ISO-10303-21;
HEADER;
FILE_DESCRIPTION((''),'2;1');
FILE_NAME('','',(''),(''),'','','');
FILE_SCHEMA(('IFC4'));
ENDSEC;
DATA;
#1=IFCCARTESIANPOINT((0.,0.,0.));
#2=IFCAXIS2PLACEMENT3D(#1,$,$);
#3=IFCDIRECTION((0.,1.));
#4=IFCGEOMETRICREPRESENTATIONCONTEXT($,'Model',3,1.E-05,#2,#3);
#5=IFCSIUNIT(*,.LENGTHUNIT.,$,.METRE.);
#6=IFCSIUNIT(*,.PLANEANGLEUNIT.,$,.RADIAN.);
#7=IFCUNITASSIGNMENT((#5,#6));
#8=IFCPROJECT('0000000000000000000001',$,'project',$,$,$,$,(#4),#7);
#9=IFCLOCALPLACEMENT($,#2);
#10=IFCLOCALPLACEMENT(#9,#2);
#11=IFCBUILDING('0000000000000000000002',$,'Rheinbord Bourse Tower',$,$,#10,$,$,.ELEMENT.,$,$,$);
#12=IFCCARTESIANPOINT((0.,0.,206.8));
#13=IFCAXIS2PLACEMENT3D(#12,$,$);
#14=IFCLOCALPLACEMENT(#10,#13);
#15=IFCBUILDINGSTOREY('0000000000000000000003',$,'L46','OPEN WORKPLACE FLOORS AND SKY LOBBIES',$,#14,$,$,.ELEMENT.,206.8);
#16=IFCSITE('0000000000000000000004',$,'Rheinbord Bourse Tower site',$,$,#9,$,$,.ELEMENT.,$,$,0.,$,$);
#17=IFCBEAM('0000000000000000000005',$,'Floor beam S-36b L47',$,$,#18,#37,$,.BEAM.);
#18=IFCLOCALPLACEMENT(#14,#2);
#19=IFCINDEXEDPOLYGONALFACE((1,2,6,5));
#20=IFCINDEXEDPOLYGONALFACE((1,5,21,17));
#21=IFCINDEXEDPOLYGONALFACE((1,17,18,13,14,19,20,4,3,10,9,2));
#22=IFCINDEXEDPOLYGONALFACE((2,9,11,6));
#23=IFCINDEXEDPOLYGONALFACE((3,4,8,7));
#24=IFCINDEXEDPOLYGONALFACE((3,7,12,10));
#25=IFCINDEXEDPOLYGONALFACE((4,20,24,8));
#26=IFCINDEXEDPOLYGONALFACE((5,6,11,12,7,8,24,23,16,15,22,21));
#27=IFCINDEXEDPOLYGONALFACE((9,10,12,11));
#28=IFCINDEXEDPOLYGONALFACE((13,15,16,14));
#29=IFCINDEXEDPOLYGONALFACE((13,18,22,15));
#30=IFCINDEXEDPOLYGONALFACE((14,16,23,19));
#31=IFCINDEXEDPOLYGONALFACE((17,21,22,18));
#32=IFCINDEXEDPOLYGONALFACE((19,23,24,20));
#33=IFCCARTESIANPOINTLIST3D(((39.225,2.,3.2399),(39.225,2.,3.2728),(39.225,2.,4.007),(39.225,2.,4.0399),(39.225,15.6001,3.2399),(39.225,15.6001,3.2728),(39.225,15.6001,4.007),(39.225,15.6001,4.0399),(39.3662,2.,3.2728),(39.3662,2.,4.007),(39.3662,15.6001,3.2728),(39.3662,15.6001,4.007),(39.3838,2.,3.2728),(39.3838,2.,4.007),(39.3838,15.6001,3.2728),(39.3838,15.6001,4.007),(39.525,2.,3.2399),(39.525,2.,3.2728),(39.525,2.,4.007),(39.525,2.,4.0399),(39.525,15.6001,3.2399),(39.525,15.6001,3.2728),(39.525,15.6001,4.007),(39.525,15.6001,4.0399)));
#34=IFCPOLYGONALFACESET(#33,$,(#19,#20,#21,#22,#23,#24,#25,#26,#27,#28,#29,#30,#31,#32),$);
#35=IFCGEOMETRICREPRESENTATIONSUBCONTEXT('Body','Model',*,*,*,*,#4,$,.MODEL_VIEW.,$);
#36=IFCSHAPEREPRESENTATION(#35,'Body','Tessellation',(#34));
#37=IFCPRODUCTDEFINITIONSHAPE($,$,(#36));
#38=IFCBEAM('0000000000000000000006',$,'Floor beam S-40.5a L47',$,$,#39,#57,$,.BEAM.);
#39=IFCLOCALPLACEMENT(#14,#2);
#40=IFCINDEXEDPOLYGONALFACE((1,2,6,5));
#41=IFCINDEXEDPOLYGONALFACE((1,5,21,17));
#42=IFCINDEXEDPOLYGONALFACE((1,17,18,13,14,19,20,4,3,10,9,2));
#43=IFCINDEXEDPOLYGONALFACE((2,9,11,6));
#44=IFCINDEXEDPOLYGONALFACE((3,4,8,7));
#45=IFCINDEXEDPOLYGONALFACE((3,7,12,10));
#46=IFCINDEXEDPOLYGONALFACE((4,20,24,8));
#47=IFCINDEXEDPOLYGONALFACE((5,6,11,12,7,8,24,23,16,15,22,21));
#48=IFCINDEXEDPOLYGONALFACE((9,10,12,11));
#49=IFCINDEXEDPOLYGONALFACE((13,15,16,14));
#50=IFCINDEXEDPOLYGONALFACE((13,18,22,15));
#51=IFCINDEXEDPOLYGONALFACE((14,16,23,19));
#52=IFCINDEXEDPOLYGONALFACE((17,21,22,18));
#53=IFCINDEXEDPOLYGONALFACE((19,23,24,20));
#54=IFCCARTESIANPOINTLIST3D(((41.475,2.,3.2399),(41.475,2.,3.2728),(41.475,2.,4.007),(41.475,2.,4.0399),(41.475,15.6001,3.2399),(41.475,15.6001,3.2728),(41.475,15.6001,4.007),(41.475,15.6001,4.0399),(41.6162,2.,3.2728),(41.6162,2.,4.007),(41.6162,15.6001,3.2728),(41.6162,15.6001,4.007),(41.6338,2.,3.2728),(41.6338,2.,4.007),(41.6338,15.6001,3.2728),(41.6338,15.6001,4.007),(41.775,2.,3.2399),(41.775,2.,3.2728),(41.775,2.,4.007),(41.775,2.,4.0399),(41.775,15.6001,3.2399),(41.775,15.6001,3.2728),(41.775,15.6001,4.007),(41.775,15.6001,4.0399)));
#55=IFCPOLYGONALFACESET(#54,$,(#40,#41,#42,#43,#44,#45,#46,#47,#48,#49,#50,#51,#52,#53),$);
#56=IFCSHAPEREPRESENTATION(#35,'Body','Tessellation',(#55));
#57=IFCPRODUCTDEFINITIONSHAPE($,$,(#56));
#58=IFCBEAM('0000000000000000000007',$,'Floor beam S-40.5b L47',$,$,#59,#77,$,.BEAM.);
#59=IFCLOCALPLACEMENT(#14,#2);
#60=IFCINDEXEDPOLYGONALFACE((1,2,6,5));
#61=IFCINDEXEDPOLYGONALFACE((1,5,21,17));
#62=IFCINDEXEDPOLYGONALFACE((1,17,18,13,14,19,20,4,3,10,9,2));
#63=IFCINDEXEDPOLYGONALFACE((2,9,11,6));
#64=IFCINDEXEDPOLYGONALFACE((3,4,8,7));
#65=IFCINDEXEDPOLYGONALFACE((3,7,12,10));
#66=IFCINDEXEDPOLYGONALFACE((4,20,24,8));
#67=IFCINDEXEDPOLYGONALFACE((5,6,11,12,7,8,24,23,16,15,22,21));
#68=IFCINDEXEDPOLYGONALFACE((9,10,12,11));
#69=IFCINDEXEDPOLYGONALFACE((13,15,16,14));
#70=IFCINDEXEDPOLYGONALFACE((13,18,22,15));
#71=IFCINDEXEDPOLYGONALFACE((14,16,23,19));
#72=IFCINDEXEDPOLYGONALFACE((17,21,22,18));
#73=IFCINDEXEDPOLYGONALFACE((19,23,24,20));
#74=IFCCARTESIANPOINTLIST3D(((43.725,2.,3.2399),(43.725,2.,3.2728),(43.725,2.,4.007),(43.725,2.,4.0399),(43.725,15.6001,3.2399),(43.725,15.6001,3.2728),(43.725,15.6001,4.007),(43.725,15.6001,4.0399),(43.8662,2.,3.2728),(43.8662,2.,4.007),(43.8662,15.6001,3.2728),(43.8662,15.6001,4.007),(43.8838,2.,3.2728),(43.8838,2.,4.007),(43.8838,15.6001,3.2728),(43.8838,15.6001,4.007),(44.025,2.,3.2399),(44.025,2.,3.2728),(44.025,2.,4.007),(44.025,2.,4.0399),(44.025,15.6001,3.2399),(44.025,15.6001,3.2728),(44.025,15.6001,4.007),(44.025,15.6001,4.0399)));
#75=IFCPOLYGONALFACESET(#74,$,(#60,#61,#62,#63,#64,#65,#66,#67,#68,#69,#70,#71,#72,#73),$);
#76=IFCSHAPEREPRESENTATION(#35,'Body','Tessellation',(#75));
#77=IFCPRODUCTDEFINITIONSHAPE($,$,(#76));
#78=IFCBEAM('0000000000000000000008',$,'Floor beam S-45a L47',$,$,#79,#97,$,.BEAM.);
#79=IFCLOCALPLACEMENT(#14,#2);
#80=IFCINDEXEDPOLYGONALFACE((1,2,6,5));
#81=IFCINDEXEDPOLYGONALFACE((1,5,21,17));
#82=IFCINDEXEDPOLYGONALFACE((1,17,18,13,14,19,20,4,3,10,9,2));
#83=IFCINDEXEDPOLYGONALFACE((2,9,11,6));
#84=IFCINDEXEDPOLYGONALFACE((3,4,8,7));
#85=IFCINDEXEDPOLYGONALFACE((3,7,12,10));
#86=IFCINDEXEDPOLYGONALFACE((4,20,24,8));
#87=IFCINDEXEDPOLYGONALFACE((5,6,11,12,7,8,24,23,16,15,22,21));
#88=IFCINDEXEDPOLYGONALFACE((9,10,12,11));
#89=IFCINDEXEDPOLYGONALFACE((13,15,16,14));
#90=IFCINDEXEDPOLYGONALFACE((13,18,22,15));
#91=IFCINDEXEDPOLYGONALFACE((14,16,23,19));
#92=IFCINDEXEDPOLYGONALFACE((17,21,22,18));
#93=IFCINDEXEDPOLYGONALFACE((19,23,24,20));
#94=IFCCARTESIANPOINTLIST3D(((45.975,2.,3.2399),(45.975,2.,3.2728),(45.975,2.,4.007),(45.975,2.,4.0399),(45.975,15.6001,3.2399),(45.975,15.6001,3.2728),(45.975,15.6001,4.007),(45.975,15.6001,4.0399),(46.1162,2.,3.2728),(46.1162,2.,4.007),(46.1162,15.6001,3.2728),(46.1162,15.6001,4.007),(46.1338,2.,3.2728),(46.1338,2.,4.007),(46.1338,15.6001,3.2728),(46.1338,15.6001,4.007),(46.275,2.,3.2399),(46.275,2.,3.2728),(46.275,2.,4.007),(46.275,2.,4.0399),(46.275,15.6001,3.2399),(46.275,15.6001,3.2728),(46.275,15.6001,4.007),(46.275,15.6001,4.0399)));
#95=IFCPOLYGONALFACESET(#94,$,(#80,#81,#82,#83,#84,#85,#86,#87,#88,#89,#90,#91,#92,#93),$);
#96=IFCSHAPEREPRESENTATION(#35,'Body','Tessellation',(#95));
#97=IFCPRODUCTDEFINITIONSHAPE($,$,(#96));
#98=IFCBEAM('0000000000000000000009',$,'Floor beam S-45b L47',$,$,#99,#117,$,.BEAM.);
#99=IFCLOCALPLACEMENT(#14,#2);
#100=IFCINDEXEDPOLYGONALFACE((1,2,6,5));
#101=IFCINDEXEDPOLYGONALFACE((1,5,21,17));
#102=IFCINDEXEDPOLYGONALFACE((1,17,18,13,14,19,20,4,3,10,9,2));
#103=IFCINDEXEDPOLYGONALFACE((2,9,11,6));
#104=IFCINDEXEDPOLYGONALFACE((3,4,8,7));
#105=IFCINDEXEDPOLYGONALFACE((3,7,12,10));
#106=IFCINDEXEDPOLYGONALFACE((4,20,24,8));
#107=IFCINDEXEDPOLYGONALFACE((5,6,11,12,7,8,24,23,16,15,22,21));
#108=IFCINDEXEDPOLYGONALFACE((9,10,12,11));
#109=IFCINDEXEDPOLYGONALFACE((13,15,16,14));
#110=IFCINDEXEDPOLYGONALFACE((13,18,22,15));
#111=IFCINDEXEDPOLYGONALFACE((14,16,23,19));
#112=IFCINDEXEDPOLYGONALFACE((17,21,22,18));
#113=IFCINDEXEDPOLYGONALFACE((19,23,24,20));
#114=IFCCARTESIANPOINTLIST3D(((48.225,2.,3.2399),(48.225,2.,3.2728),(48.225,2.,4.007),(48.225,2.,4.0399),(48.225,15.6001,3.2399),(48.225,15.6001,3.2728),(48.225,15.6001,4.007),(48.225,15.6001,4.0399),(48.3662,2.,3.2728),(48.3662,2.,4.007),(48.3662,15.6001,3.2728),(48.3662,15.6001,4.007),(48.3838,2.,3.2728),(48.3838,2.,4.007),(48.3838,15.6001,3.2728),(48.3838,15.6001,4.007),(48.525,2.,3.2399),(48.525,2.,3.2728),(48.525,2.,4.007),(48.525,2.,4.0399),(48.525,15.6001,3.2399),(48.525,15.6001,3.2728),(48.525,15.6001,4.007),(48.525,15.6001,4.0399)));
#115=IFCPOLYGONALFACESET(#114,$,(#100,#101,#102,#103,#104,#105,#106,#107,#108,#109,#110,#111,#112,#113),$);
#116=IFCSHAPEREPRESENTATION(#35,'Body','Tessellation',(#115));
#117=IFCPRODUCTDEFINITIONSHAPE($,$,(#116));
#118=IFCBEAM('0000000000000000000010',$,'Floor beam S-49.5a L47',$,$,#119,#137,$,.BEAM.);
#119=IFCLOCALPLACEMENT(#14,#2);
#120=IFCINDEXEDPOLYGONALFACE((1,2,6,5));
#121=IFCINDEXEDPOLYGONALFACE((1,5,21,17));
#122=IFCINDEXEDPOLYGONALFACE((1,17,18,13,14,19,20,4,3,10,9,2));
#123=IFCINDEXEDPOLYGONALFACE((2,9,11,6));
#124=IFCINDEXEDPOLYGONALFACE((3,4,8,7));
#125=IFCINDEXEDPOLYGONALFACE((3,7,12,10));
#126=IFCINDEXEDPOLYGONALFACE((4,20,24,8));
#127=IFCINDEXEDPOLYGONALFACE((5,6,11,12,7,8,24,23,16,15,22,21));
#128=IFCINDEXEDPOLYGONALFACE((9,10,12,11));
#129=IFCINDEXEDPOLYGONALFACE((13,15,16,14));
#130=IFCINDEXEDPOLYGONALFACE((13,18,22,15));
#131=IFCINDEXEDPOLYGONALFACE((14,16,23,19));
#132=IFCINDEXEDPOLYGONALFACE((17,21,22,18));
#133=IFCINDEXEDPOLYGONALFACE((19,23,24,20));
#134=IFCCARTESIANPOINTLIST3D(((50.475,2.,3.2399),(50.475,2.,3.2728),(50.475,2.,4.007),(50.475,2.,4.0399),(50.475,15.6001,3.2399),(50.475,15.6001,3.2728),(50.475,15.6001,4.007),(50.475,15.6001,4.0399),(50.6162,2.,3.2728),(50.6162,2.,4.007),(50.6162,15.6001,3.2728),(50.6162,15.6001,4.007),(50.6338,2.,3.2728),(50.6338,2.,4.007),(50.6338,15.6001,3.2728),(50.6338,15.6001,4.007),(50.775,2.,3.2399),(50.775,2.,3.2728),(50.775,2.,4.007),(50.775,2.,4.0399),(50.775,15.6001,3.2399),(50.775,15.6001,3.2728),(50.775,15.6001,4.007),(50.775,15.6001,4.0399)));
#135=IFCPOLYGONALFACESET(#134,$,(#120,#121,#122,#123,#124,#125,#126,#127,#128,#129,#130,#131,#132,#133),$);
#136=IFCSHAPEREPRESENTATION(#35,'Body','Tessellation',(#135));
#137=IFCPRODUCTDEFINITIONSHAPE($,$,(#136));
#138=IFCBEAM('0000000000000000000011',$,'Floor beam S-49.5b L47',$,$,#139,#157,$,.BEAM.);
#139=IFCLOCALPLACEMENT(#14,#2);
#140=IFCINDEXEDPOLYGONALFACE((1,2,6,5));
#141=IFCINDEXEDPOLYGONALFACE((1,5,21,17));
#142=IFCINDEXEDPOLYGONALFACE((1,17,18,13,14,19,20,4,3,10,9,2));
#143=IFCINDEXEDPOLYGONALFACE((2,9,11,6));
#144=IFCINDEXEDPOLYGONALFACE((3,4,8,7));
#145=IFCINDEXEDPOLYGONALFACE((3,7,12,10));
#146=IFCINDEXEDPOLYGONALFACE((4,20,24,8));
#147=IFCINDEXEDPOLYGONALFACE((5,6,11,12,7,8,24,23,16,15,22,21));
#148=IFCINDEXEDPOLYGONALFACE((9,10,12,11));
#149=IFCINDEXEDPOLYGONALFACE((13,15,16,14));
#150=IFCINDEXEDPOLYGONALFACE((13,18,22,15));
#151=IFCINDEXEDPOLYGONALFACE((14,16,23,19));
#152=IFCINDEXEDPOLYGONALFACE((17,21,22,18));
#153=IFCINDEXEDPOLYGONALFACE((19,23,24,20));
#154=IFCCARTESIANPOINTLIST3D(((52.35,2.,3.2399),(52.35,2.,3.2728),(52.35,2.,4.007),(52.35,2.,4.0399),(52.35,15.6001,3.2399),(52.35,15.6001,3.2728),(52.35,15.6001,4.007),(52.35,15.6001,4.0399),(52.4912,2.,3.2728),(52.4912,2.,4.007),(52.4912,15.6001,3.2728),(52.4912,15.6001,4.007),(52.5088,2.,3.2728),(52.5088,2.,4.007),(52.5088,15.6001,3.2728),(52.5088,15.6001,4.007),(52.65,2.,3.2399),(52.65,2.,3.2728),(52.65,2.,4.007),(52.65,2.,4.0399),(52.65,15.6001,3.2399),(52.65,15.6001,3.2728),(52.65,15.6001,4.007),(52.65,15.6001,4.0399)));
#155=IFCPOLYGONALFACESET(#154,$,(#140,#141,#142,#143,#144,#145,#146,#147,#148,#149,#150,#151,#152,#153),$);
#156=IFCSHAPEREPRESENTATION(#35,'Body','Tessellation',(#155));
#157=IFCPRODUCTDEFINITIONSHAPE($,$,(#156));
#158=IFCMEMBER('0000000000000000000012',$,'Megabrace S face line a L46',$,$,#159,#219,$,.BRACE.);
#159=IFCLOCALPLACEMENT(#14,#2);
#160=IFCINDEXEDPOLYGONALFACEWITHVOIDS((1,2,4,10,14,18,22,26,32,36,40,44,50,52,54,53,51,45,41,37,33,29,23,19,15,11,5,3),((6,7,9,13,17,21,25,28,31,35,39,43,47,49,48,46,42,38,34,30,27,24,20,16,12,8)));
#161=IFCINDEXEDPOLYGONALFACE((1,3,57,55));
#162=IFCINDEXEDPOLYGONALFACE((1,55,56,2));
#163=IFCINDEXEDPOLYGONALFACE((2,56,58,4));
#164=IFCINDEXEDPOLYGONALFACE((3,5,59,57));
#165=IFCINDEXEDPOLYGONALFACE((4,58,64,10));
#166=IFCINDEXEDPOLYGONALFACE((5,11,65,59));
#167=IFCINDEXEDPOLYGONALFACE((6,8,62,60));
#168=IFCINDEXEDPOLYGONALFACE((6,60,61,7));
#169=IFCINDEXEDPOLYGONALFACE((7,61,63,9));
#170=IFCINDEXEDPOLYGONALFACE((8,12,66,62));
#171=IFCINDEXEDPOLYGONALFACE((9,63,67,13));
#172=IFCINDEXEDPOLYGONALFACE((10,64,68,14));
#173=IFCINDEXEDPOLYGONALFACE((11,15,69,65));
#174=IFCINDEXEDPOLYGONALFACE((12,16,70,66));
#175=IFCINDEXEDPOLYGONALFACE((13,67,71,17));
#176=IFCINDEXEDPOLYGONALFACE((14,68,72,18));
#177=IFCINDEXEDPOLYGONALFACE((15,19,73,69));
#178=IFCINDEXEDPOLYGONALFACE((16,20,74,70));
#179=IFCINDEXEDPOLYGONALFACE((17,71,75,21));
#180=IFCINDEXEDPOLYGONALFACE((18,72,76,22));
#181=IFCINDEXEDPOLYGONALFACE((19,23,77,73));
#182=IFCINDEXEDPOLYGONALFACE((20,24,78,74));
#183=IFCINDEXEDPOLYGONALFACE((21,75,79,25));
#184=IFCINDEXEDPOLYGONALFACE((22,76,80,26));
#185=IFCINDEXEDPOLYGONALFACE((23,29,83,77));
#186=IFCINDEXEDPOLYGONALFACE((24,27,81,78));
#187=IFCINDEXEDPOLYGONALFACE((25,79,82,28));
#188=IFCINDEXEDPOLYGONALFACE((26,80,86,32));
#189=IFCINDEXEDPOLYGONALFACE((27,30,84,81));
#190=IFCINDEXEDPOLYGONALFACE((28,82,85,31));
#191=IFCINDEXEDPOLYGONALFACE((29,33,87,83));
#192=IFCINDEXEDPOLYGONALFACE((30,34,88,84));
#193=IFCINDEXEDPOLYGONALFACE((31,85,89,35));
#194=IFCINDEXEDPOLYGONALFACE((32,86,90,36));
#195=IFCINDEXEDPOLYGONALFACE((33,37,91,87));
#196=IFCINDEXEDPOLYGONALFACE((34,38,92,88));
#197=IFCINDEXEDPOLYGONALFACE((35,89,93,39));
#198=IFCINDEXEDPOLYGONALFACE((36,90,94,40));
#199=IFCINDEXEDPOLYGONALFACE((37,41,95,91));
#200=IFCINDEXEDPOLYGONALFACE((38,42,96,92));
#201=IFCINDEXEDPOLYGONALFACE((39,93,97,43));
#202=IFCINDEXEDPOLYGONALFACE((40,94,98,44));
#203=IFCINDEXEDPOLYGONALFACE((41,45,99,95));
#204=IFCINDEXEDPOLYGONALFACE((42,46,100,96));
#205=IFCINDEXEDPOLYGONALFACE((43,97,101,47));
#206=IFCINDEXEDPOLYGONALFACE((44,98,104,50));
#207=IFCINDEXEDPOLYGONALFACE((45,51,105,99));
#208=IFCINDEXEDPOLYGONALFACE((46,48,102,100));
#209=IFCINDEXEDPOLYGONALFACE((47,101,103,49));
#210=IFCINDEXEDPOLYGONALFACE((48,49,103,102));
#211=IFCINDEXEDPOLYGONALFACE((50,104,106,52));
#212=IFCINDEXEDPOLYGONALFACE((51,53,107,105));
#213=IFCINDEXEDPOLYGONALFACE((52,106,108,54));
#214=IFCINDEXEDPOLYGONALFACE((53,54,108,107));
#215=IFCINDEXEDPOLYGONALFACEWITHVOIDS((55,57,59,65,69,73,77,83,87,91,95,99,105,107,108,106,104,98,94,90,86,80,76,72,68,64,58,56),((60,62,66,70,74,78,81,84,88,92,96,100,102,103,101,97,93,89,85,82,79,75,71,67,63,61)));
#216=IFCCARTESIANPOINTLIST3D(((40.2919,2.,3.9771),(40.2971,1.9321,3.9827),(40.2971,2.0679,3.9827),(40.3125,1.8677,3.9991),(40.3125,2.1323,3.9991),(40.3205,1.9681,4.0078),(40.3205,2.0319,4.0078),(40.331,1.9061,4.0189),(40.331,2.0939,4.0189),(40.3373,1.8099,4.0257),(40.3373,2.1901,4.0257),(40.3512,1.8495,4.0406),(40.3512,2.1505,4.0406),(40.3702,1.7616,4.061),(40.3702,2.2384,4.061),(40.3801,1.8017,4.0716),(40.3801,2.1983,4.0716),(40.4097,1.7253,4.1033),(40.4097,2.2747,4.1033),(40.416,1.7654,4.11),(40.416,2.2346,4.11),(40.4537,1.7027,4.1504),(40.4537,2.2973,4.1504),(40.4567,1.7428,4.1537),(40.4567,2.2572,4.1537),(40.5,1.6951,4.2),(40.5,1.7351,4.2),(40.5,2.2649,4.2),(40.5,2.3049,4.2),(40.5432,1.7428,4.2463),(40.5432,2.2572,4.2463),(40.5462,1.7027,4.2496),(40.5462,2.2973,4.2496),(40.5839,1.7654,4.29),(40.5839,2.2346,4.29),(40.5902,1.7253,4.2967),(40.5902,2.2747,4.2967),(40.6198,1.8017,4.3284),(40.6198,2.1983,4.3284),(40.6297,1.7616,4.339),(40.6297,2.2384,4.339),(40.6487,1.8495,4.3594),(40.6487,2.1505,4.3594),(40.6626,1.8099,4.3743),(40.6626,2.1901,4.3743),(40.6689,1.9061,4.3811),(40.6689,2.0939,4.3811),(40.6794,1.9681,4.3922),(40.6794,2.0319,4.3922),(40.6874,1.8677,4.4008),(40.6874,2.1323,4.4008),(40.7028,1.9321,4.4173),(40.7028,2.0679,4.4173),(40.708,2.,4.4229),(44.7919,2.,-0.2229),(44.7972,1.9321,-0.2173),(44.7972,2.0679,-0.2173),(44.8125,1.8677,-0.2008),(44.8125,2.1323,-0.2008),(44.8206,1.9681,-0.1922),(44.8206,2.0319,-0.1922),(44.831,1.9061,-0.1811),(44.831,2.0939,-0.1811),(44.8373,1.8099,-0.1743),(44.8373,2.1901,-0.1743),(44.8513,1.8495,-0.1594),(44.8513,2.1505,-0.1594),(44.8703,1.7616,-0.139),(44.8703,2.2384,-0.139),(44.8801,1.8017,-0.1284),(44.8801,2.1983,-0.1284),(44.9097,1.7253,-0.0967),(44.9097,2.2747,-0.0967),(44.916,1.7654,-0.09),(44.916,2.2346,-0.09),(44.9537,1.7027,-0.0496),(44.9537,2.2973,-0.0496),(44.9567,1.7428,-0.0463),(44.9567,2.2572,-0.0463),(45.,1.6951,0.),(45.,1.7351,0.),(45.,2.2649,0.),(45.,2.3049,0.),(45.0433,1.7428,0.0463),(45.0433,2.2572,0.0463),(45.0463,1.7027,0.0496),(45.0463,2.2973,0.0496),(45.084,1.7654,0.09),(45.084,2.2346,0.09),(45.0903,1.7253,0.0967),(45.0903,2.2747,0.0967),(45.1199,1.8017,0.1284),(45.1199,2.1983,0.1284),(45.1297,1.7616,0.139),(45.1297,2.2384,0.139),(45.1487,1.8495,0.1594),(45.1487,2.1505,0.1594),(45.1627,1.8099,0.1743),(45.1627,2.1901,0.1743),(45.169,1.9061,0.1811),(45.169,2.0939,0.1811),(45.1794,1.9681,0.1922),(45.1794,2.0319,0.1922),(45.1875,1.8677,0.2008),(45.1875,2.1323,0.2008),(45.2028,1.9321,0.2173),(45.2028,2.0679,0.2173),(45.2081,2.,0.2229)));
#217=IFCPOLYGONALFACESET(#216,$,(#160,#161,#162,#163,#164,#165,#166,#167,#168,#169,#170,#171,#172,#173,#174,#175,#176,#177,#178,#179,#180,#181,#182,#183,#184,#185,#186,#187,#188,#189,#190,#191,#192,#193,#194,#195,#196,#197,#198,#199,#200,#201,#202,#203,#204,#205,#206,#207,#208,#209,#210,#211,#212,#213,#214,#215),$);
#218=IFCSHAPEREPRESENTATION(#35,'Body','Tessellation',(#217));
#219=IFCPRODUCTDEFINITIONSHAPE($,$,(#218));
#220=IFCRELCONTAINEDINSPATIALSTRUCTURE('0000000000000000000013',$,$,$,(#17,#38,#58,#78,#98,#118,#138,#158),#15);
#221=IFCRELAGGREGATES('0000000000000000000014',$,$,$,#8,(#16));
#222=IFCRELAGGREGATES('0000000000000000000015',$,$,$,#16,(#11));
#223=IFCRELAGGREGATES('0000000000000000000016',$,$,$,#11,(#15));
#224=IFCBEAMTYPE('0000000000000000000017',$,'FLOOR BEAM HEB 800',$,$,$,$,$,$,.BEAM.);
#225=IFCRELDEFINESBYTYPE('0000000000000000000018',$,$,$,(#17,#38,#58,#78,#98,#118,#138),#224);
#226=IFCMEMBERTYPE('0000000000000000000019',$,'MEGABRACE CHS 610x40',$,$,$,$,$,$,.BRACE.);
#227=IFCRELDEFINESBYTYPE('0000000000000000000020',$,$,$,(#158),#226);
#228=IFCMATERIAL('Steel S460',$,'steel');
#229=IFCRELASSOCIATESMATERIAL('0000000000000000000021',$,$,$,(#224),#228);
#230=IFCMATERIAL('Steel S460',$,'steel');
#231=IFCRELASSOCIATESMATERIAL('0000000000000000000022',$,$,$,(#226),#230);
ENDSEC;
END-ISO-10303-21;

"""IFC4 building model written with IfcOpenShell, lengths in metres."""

from ifc_helpers import new_model, si_unit, direction, frame, origin, origin_2d, place, context, subcontext, project, spatial, hollow_circle, i_section, extrude, material, material_profile, profile_set, type_object, element, save


model = new_model("IFC4")

# Units and contexts
model_context = context("Model", 3, precision=1e-05, world=origin(), true_north=direction((0.0, 1.0)))
body_context = subcontext(model_context, "Body", "Model", "MODEL_VIEW")
ifc_project = project(units=[si_unit("LENGTHUNIT", "METRE"), si_unit("PLANEANGLEUNIT", "RADIAN")], contexts=[model_context])

# Site, building, storey
site_placement = place(None, origin())
site = spatial("IfcSite", under=ifc_project, at=site_placement, Name="Rheinbord Bourse Tower site", CompositionType="ELEMENT", RefElevation=0.0)
building_placement = place(site_placement, origin())
building = spatial("IfcBuilding", under=site, at=building_placement, Name="Rheinbord Bourse Tower", CompositionType="ELEMENT")
storey_placement = place(building_placement, frame((0.0, 0.0, 206.8)))
storey = spatial("IfcBuildingStorey", under=building, at=storey_placement, Name="L46", Description="OPEN WORKPLACE FLOORS AND SKY LOBBIES", CompositionType="ELEMENT", Elevation=206.8)

# Beams
ifc_material_1 = material(Name="Steel S460", Category="steel")
ifc_material_profile_1 = material_profile(ifc_material_1, i_section(OverallWidth=0.3, OverallDepth=0.8, WebThickness=0.0176, FlangeThickness=0.033, at=origin_2d()), Name="HEB 800")
ifc_profile_set_1 = profile_set([ifc_material_profile_1], Name="Steel S460")
beam_type_1 = type_object("IfcBeamType", Name="FLOOR BEAM HEB 800", PredefinedType="BEAM", material=ifc_profile_set_1)
for number, where, z_axis, x_axis, name in (
    (1, (39.375, 2.0, 3.6399), (0.0, 1.0, 0.0), (-1.0, 0.0, 0.0), "Floor beam S-36b L47"),
    (2, (41.625, 2.0, 3.6399), (0.0, 1.0, 0.0), (-1.0, 0.0, 0.0), "Floor beam S-40.5a L47"),
    (3, (43.875, 2.0, 3.6399), (0.0, 1.0, 0.0), (-1.0, 0.0, 0.0), "Floor beam S-40.5b L47"),
    (4, (46.125, 2.0, 3.6399), (0.0, 1.0, 0.0), (-1.0, 0.0, 0.0), "Floor beam S-45a L47"),
    (5, (48.375, 2.0, 3.6399), (0.0, 1.0, 0.0), (-1.0, 0.0, 0.0), "Floor beam S-45b L47"),
    (6, (50.625, 2.0, 3.6399), (0.0, 1.0, 0.0), (-1.0, 0.0, 0.0), "Floor beam S-49.5a L47"),
    (7, (52.5, 2.0, 3.6399), (0.0, 1.0, 0.0), (-1.0, 0.0, 0.0), "Floor beam S-49.5b L47"),
):
    element("IfcBeam", number, at=place(storey_placement, frame(where, z_axis=z_axis, x_axis=x_axis)), inside=storey, type_object=beam_type_1, Name=name, PredefinedType="BEAM", context=body_context, shape_type="SweptSolid", body=[
        extrude(i_section(OverallWidth=0.3, OverallDepth=0.8, WebThickness=0.0176, FlangeThickness=0.033, at=origin_2d()), origin(), (0.0, 0.0, 1.0), 13.6001),
    ])

# Member
ifc_material_2 = material(Name="Steel S460", Category="steel")
ifc_material_profile_2 = material_profile(ifc_material_2, hollow_circle(Radius=0.3049, WallThickness=0.04, at=origin_2d()), Name="CHS 610x40")
ifc_profile_set_2 = profile_set([ifc_material_profile_2], Name="Steel S460")
member_type_1 = type_object("IfcMemberType", Name="MEGABRACE CHS 610x40", PredefinedType="BRACE", material=ifc_profile_set_2)
member_1_placement = place(storey_placement, frame((45.0, 2.0, 0.0), z_axis=(-0.731059, 0.0, 0.682314), x_axis=(0.0, -1.0, 0.0)))
element("IfcMember", 8, at=member_1_placement, inside=storey, type_object=member_type_1, Name="Megabrace S face line a L46", PredefinedType="BRACE", context=body_context, shape_type="SweptSolid", body=[
    extrude(hollow_circle(Radius=0.3049, WallThickness=0.04, at=origin_2d()), origin(), (0.0, 0.0, 1.0), 6.1555),
])

save(model, "model.ifc")
